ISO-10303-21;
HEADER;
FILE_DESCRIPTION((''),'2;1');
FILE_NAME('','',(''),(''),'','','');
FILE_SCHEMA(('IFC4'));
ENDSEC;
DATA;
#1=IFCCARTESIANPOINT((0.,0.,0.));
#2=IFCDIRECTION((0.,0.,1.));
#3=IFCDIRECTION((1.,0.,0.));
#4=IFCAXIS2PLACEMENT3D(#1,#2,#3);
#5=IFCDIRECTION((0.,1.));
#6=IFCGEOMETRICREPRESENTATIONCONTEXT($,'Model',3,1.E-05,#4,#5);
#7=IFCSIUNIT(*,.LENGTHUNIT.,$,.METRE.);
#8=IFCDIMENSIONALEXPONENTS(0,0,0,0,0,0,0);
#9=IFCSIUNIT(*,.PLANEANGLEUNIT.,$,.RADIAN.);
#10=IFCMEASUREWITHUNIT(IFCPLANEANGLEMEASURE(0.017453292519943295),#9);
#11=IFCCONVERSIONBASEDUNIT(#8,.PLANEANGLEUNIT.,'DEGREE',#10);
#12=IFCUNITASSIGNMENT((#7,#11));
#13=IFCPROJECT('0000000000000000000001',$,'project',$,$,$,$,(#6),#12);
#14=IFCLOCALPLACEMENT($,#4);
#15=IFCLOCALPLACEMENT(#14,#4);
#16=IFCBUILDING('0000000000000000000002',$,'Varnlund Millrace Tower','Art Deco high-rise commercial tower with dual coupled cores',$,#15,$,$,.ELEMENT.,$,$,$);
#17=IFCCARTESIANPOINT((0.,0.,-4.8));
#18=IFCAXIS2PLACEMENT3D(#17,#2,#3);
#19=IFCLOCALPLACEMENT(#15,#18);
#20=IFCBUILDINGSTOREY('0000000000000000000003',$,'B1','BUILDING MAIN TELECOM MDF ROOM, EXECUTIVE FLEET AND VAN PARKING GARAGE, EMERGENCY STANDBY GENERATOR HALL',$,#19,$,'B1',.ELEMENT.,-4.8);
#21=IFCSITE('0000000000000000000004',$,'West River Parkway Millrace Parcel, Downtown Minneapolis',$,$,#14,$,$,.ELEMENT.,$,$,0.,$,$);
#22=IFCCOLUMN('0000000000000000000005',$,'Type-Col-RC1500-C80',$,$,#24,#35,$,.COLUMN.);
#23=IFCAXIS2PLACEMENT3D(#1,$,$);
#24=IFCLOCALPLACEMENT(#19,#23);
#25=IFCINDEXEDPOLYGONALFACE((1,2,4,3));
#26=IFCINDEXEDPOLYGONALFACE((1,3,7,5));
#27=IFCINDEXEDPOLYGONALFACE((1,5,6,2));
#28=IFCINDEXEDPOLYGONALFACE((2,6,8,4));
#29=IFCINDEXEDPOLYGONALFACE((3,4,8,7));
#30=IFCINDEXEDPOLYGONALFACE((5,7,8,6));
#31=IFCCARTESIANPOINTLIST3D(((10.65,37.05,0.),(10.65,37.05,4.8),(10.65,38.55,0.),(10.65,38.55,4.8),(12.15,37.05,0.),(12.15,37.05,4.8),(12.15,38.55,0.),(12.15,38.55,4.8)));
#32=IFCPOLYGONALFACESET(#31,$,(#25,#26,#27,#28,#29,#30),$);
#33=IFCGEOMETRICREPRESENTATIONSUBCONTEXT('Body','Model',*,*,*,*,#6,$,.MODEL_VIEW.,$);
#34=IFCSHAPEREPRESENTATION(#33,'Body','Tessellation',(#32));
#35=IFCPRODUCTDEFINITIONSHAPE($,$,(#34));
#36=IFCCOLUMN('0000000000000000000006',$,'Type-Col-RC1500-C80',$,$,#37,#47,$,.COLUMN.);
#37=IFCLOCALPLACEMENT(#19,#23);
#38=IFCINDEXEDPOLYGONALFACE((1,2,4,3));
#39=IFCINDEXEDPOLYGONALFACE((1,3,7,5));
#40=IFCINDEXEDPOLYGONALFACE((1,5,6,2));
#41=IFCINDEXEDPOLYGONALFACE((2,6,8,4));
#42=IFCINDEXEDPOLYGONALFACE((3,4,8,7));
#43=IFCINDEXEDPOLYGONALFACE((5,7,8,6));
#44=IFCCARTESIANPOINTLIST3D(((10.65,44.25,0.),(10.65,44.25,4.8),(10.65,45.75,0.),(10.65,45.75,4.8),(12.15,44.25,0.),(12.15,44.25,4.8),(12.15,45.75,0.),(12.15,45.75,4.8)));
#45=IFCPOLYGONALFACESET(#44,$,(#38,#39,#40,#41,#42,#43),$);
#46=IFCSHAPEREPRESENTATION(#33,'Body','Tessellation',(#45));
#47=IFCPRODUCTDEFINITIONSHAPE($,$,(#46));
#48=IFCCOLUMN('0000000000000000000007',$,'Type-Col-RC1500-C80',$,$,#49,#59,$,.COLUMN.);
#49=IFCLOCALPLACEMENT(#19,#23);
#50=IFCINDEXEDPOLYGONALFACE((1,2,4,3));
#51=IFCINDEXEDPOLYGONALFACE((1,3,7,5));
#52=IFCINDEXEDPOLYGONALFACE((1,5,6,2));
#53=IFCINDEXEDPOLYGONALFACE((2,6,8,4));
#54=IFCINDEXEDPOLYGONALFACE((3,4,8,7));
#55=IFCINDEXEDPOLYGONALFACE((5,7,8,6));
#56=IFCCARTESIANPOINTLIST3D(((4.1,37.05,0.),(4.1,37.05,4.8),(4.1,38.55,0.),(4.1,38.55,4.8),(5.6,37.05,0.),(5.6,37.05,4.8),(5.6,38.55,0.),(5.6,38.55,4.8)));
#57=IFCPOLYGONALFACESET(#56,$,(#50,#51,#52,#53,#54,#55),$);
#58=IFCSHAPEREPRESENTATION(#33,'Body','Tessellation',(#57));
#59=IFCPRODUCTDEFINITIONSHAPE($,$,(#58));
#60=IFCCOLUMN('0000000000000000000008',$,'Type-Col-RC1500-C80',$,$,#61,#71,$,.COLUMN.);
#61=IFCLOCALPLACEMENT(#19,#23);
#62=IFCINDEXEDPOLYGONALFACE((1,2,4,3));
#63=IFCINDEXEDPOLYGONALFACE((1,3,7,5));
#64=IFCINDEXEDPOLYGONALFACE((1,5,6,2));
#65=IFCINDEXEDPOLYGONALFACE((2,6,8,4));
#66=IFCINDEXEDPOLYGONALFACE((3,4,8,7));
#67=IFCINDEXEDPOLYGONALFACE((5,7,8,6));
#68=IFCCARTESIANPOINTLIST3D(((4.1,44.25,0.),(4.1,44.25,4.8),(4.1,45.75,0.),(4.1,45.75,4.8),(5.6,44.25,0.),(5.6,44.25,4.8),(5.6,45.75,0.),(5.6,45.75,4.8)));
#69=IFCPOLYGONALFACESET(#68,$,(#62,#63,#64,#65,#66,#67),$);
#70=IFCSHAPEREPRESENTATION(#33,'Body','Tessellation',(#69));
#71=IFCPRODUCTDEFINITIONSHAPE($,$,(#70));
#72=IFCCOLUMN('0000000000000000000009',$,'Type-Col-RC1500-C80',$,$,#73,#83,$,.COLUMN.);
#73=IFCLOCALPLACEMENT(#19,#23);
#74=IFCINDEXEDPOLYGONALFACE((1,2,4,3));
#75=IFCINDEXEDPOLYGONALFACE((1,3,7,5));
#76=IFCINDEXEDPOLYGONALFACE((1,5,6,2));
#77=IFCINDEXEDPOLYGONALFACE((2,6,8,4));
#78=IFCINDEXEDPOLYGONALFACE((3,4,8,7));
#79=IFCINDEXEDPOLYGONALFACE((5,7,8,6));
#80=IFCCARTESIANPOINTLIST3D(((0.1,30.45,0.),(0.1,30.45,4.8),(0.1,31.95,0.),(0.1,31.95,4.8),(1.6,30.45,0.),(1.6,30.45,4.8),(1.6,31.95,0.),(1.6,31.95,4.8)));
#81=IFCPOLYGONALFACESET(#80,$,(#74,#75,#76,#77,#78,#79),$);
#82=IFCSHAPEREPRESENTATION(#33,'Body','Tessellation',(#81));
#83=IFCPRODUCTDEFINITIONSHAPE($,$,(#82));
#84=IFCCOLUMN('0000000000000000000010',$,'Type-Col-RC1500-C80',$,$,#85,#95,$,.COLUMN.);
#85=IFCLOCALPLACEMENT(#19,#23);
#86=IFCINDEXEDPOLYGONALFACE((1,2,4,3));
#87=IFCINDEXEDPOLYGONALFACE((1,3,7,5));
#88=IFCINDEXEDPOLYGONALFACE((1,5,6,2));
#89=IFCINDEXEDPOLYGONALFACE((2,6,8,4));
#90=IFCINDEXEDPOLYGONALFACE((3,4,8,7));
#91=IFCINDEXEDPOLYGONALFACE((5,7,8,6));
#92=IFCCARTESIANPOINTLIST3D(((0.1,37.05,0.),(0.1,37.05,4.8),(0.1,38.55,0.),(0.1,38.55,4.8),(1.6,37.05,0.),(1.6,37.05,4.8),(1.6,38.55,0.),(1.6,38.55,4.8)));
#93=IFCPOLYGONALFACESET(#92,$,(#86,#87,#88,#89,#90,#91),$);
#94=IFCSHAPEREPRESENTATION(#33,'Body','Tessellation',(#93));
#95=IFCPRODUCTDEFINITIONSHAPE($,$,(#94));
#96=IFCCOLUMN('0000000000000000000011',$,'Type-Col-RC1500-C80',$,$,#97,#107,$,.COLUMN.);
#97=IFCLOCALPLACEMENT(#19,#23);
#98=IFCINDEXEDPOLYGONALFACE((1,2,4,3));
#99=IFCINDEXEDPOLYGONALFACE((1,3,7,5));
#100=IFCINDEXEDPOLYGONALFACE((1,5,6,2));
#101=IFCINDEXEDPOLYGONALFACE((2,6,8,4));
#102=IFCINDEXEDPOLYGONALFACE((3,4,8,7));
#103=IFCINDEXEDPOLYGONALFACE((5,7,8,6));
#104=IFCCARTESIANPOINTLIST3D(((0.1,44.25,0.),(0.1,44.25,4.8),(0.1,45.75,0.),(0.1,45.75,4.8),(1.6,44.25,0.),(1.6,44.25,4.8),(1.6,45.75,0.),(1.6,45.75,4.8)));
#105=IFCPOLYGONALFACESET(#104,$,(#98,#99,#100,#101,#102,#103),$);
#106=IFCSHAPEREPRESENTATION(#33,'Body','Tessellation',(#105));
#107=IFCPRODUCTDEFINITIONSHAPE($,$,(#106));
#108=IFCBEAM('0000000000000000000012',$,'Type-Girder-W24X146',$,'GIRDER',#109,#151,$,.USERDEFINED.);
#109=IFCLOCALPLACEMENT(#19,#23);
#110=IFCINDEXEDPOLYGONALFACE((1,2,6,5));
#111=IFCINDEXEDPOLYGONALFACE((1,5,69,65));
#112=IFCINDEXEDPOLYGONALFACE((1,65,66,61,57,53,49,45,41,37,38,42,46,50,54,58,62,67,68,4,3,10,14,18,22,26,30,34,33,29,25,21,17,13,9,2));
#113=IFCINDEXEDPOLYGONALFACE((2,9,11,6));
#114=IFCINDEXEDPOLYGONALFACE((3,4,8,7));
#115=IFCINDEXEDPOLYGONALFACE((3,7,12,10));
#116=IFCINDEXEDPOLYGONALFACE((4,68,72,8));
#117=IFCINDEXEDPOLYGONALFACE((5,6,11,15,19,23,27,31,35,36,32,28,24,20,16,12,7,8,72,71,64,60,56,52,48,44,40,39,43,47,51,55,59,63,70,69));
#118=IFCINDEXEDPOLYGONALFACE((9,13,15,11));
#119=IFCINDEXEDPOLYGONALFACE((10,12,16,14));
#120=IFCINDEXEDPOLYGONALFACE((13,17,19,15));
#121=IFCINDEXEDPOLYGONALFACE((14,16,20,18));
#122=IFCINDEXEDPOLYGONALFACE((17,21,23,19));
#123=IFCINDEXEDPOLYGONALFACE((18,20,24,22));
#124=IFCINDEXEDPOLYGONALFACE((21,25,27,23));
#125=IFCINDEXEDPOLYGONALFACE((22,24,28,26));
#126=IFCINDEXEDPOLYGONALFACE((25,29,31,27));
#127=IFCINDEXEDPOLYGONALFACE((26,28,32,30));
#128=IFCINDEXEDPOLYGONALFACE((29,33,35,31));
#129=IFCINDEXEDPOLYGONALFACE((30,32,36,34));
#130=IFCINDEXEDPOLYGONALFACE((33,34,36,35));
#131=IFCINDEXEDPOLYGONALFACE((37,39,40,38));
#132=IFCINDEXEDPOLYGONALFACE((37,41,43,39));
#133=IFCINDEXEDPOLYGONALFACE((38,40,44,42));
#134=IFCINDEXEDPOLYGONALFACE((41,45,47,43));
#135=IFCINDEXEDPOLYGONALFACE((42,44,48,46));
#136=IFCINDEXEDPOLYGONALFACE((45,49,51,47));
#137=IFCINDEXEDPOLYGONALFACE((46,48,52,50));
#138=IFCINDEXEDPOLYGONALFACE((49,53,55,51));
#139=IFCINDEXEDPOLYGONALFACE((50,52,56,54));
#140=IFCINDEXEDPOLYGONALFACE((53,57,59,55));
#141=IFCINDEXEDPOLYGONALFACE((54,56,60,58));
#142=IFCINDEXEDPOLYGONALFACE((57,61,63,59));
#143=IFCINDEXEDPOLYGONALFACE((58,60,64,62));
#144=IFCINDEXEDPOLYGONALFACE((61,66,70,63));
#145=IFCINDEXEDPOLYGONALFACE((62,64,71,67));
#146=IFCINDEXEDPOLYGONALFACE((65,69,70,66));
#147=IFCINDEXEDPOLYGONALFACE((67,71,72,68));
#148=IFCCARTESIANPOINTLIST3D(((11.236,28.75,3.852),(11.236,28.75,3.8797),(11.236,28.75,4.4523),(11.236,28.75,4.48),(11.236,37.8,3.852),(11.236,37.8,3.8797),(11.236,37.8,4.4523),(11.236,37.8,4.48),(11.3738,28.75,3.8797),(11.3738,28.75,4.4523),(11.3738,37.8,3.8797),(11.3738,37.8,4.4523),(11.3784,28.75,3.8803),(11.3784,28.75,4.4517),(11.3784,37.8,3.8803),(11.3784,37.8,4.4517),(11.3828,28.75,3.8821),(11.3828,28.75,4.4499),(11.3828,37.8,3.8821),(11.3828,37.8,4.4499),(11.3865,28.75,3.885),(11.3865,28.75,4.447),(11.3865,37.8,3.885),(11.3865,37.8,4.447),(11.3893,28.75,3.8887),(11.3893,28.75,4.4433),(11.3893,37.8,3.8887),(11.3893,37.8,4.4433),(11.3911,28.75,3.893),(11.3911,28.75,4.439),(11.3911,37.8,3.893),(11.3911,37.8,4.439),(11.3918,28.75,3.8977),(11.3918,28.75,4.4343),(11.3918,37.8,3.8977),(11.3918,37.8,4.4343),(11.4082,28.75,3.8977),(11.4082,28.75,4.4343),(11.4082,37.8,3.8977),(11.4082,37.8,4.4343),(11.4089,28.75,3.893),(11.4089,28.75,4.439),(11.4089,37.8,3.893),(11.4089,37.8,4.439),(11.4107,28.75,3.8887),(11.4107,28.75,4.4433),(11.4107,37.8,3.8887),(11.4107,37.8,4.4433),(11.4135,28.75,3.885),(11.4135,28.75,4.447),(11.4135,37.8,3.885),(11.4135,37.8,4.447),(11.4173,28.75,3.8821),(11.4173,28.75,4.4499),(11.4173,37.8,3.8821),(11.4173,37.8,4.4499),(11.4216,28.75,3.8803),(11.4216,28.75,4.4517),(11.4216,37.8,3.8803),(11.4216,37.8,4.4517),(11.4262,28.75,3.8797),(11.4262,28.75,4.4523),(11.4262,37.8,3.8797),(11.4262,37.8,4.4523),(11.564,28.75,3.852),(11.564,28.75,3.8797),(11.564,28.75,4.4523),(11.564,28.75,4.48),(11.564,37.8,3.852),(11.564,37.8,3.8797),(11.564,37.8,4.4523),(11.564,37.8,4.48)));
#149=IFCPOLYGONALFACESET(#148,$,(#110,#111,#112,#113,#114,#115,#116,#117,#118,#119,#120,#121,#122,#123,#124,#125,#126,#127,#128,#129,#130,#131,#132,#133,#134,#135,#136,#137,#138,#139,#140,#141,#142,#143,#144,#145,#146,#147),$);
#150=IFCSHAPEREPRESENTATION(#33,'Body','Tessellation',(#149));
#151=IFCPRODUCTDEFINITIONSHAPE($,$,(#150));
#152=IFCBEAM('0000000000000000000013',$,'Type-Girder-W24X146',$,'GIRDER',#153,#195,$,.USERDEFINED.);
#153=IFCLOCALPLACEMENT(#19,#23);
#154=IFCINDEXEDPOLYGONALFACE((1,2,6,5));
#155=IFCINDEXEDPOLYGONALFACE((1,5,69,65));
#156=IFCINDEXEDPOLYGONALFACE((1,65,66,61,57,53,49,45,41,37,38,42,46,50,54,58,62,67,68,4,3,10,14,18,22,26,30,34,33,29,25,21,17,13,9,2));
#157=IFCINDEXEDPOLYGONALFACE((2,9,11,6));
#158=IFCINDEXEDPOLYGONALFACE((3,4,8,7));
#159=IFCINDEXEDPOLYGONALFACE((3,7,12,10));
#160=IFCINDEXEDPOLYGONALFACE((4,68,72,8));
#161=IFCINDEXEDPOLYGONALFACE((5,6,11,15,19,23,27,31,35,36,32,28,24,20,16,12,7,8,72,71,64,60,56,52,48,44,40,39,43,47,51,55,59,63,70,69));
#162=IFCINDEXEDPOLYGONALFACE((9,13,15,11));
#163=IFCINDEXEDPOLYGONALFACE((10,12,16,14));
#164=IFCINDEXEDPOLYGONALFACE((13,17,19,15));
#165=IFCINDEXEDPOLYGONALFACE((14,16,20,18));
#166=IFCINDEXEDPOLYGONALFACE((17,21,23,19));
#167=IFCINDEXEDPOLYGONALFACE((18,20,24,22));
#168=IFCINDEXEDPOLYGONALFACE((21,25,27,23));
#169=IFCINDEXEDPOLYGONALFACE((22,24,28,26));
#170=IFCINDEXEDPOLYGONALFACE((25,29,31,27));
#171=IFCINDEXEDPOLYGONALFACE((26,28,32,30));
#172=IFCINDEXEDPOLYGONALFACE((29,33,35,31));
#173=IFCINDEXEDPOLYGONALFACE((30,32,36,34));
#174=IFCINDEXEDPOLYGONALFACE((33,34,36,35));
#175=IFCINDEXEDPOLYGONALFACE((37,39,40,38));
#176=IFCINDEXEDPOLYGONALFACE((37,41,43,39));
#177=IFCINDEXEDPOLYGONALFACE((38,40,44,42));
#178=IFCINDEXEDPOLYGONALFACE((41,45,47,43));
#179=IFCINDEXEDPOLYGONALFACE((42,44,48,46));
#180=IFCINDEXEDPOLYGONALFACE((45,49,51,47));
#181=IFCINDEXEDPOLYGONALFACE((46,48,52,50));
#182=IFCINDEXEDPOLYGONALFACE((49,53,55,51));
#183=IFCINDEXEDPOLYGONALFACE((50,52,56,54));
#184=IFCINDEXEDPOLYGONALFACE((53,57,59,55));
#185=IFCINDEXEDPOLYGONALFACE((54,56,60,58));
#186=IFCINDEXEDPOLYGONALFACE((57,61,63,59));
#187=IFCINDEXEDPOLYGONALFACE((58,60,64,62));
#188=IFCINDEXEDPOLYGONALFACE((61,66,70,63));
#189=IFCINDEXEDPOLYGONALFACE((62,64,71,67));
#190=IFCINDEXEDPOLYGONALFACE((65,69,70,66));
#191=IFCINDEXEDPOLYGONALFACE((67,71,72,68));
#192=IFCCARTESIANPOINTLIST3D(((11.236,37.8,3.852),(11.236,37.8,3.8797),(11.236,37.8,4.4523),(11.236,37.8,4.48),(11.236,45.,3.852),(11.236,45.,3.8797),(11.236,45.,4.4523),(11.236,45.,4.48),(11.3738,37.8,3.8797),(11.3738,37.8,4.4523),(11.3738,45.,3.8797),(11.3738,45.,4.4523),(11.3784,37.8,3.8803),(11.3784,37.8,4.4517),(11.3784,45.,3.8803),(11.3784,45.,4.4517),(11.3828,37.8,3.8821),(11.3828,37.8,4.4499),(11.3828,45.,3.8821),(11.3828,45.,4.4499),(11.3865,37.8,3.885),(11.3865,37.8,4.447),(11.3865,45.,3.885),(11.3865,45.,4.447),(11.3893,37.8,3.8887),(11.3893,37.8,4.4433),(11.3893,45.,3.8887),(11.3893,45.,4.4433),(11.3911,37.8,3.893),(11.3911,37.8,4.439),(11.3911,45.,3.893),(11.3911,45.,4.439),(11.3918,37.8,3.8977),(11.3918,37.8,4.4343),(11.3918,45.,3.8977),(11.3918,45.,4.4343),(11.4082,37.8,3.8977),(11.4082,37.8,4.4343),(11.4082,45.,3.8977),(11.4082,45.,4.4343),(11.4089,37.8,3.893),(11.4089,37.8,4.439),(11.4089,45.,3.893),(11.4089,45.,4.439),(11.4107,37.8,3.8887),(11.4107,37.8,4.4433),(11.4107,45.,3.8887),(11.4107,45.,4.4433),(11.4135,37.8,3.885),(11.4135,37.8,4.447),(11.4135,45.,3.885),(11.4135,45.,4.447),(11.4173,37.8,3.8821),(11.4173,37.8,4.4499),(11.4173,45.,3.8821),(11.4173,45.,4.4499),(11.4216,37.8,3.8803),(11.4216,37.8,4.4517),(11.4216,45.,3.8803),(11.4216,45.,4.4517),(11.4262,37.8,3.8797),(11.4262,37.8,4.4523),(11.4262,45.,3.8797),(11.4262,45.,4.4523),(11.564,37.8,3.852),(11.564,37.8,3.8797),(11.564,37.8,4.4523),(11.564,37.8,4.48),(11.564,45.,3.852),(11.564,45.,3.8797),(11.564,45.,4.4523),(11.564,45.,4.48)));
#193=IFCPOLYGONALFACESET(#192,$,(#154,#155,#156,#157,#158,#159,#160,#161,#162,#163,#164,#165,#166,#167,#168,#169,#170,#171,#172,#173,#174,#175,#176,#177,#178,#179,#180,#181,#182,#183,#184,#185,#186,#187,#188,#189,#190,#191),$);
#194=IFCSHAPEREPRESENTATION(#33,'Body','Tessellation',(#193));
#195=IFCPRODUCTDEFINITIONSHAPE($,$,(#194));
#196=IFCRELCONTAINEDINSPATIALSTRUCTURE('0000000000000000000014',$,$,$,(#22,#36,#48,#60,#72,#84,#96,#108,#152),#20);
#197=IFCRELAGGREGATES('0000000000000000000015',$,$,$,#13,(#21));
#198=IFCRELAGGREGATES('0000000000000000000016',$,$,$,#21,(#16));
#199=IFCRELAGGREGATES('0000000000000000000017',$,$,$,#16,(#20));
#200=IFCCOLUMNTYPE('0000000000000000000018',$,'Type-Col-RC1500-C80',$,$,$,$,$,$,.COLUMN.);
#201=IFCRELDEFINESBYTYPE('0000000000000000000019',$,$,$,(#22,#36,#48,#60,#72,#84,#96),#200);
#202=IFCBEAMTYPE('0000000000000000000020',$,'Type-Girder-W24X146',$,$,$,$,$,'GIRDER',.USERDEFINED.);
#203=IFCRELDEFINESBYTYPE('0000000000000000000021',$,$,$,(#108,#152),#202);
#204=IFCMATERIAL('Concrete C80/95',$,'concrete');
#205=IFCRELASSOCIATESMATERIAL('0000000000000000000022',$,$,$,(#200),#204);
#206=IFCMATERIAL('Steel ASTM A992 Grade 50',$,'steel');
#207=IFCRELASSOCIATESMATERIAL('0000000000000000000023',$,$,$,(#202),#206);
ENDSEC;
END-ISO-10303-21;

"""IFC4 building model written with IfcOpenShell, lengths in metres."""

from ifc_helpers import new_model, entity, si_unit, converted_unit, direction, frame, origin_with_axes, origin_2d_with_axis, place, context, subcontext, project, spatial, rectangle, i_section, extrude, material, material_profile, profile_set, type_object, element, save


model = new_model("IFC4")

# Units and contexts
model_context = context("Model", 3, precision=1e-05, world=origin_with_axes(), true_north=direction((0.0, 1.0)))
body_context = subcontext(model_context, "Body", "Model", "MODEL_VIEW")
ifc_project = project(units=[si_unit("LENGTHUNIT", "METRE"), converted_unit("PLANEANGLEUNIT", "DEGREE", entity("IfcPlaneAngleMeasure", 0.017453292519943295), si_unit("PLANEANGLEUNIT", "RADIAN"), dimensions=[0, 0, 0, 0, 0, 0, 0])], contexts=[model_context])

# Site, building, storey
site_placement = place(None, origin_with_axes())
site = spatial("IfcSite", under=ifc_project, at=site_placement, Name="West River Parkway Millrace Parcel, Downtown Minneapolis", CompositionType="ELEMENT", RefElevation=0.0)
building_placement = place(site_placement, origin_with_axes())
building = spatial("IfcBuilding", under=site, at=building_placement, Name="Varnlund Millrace Tower", Description="Art Deco high-rise commercial tower with dual coupled cores", CompositionType="ELEMENT")
storey_placement = place(building_placement, frame((0.0, 0.0, -4.8), z_axis=(0.0, 0.0, 1.0), x_axis=(1.0, 0.0, 0.0)))
storey = spatial("IfcBuildingStorey", under=building, at=storey_placement, Name="B1", Description="BUILDING MAIN TELECOM MDF ROOM, EXECUTIVE FLEET AND VAN PARKING GARAGE, EMERGENCY STANDBY GENERATOR HALL", LongName="B1", CompositionType="ELEMENT", Elevation=-4.8)

# Columns
ifc_material_1 = material(Name="Concrete C80/95", Category="concrete")
ifc_material_profile_1 = material_profile(ifc_material_1, rectangle(XDim=1.5, YDim=1.5, at=origin_2d_with_axis()), Name="Concrete C80/95")
ifc_profile_set_1 = profile_set([ifc_material_profile_1], Name="Concrete C80/95")
column_type = type_object("IfcColumnType", Name="Type-Col-RC1500-C80", PredefinedType="COLUMN", material=ifc_profile_set_1)
for number, where, z_axis, x_axis, name in (
    (1, (11.4, 37.8, 0.0), (0.0, 0.0, 1.0), (1.0, 0.0, 0.0), "Type-Col-RC1500-C80"),
    (2, (11.4, 45.0, 0.0), (0.0, 0.0, 1.0), (1.0, 0.0, 0.0), "Type-Col-RC1500-C80"),
    (3, (4.85, 37.8, 0.0), (0.0, 0.0, 1.0), (1.0, 0.0, 0.0), "Type-Col-RC1500-C80"),
    (4, (4.85, 45.0, 0.0), (0.0, 0.0, 1.0), (1.0, 0.0, 0.0), "Type-Col-RC1500-C80"),
    (5, (0.85, 31.2, 0.0), (0.0, 0.0, 1.0), (1.0, 0.0, 0.0), "Type-Col-RC1500-C80"),
    (6, (0.85, 37.8, 0.0), (0.0, 0.0, 1.0), (1.0, 0.0, 0.0), "Type-Col-RC1500-C80"),
    (7, (0.85, 45.0, 0.0), (0.0, 0.0, 1.0), (1.0, 0.0, 0.0), "Type-Col-RC1500-C80"),
):
    element("IfcColumn", number, at=place(storey_placement, frame(where, z_axis=z_axis, x_axis=x_axis)), inside=storey, type_object=column_type, Name=name, PredefinedType="COLUMN", context=body_context, shape_type="SweptSolid", body=[
        extrude(rectangle(XDim=1.5, YDim=1.5, at=origin_2d_with_axis()), origin_with_axes(), (0.0, 0.0, 1.0), 4.8),
    ])

# Beams
ifc_material_2 = material(Name="Steel ASTM A992 Grade 50", Category="steel")
ifc_material_profile_2 = material_profile(ifc_material_2, i_section(OverallWidth=0.328, OverallDepth=0.628, WebThickness=0.0165, FlangeThickness=0.0277, FilletRadius=0.018, at=origin_2d_with_axis()), Name="Steel ASTM A992 Grade 50")
ifc_profile_set_2 = profile_set([ifc_material_profile_2], Name="Steel ASTM A992 Grade 50")
beam_type_1 = type_object("IfcBeamType", Name="Type-Girder-W24X146", ElementType="GIRDER", PredefinedType="USERDEFINED", material=ifc_profile_set_2)
beam_1_placement = place(storey_placement, frame((11.4, 28.75, 4.166), z_axis=(0.0, 1.0, 0.0), x_axis=(-1.0, 0.0, 0.0)))
element("IfcBeam", 8, at=beam_1_placement, inside=storey, type_object=beam_type_1, Name="Type-Girder-W24X146", ObjectType="GIRDER", PredefinedType="USERDEFINED", context=body_context, shape_type="SweptSolid", body=[
    extrude(i_section(OverallWidth=0.328, OverallDepth=0.628, WebThickness=0.0165, FlangeThickness=0.0277, FilletRadius=0.018, at=origin_2d_with_axis()), origin_with_axes(), (0.0, 0.0, 1.0), 9.05),
])
beam_2_placement = place(storey_placement, frame((11.4, 37.8, 4.166), z_axis=(0.0, 1.0, 0.0), x_axis=(-1.0, 0.0, 0.0)))
element("IfcBeam", 9, at=beam_2_placement, inside=storey, type_object=beam_type_1, Name="Type-Girder-W24X146", ObjectType="GIRDER", PredefinedType="USERDEFINED", context=body_context, shape_type="SweptSolid", body=[
    extrude(i_section(OverallWidth=0.328, OverallDepth=0.628, WebThickness=0.0165, FlangeThickness=0.0277, FilletRadius=0.018, at=origin_2d_with_axis()), origin_with_axes(), (0.0, 0.0, 1.0), 7.2),
])

save(model, "model.ifc")
